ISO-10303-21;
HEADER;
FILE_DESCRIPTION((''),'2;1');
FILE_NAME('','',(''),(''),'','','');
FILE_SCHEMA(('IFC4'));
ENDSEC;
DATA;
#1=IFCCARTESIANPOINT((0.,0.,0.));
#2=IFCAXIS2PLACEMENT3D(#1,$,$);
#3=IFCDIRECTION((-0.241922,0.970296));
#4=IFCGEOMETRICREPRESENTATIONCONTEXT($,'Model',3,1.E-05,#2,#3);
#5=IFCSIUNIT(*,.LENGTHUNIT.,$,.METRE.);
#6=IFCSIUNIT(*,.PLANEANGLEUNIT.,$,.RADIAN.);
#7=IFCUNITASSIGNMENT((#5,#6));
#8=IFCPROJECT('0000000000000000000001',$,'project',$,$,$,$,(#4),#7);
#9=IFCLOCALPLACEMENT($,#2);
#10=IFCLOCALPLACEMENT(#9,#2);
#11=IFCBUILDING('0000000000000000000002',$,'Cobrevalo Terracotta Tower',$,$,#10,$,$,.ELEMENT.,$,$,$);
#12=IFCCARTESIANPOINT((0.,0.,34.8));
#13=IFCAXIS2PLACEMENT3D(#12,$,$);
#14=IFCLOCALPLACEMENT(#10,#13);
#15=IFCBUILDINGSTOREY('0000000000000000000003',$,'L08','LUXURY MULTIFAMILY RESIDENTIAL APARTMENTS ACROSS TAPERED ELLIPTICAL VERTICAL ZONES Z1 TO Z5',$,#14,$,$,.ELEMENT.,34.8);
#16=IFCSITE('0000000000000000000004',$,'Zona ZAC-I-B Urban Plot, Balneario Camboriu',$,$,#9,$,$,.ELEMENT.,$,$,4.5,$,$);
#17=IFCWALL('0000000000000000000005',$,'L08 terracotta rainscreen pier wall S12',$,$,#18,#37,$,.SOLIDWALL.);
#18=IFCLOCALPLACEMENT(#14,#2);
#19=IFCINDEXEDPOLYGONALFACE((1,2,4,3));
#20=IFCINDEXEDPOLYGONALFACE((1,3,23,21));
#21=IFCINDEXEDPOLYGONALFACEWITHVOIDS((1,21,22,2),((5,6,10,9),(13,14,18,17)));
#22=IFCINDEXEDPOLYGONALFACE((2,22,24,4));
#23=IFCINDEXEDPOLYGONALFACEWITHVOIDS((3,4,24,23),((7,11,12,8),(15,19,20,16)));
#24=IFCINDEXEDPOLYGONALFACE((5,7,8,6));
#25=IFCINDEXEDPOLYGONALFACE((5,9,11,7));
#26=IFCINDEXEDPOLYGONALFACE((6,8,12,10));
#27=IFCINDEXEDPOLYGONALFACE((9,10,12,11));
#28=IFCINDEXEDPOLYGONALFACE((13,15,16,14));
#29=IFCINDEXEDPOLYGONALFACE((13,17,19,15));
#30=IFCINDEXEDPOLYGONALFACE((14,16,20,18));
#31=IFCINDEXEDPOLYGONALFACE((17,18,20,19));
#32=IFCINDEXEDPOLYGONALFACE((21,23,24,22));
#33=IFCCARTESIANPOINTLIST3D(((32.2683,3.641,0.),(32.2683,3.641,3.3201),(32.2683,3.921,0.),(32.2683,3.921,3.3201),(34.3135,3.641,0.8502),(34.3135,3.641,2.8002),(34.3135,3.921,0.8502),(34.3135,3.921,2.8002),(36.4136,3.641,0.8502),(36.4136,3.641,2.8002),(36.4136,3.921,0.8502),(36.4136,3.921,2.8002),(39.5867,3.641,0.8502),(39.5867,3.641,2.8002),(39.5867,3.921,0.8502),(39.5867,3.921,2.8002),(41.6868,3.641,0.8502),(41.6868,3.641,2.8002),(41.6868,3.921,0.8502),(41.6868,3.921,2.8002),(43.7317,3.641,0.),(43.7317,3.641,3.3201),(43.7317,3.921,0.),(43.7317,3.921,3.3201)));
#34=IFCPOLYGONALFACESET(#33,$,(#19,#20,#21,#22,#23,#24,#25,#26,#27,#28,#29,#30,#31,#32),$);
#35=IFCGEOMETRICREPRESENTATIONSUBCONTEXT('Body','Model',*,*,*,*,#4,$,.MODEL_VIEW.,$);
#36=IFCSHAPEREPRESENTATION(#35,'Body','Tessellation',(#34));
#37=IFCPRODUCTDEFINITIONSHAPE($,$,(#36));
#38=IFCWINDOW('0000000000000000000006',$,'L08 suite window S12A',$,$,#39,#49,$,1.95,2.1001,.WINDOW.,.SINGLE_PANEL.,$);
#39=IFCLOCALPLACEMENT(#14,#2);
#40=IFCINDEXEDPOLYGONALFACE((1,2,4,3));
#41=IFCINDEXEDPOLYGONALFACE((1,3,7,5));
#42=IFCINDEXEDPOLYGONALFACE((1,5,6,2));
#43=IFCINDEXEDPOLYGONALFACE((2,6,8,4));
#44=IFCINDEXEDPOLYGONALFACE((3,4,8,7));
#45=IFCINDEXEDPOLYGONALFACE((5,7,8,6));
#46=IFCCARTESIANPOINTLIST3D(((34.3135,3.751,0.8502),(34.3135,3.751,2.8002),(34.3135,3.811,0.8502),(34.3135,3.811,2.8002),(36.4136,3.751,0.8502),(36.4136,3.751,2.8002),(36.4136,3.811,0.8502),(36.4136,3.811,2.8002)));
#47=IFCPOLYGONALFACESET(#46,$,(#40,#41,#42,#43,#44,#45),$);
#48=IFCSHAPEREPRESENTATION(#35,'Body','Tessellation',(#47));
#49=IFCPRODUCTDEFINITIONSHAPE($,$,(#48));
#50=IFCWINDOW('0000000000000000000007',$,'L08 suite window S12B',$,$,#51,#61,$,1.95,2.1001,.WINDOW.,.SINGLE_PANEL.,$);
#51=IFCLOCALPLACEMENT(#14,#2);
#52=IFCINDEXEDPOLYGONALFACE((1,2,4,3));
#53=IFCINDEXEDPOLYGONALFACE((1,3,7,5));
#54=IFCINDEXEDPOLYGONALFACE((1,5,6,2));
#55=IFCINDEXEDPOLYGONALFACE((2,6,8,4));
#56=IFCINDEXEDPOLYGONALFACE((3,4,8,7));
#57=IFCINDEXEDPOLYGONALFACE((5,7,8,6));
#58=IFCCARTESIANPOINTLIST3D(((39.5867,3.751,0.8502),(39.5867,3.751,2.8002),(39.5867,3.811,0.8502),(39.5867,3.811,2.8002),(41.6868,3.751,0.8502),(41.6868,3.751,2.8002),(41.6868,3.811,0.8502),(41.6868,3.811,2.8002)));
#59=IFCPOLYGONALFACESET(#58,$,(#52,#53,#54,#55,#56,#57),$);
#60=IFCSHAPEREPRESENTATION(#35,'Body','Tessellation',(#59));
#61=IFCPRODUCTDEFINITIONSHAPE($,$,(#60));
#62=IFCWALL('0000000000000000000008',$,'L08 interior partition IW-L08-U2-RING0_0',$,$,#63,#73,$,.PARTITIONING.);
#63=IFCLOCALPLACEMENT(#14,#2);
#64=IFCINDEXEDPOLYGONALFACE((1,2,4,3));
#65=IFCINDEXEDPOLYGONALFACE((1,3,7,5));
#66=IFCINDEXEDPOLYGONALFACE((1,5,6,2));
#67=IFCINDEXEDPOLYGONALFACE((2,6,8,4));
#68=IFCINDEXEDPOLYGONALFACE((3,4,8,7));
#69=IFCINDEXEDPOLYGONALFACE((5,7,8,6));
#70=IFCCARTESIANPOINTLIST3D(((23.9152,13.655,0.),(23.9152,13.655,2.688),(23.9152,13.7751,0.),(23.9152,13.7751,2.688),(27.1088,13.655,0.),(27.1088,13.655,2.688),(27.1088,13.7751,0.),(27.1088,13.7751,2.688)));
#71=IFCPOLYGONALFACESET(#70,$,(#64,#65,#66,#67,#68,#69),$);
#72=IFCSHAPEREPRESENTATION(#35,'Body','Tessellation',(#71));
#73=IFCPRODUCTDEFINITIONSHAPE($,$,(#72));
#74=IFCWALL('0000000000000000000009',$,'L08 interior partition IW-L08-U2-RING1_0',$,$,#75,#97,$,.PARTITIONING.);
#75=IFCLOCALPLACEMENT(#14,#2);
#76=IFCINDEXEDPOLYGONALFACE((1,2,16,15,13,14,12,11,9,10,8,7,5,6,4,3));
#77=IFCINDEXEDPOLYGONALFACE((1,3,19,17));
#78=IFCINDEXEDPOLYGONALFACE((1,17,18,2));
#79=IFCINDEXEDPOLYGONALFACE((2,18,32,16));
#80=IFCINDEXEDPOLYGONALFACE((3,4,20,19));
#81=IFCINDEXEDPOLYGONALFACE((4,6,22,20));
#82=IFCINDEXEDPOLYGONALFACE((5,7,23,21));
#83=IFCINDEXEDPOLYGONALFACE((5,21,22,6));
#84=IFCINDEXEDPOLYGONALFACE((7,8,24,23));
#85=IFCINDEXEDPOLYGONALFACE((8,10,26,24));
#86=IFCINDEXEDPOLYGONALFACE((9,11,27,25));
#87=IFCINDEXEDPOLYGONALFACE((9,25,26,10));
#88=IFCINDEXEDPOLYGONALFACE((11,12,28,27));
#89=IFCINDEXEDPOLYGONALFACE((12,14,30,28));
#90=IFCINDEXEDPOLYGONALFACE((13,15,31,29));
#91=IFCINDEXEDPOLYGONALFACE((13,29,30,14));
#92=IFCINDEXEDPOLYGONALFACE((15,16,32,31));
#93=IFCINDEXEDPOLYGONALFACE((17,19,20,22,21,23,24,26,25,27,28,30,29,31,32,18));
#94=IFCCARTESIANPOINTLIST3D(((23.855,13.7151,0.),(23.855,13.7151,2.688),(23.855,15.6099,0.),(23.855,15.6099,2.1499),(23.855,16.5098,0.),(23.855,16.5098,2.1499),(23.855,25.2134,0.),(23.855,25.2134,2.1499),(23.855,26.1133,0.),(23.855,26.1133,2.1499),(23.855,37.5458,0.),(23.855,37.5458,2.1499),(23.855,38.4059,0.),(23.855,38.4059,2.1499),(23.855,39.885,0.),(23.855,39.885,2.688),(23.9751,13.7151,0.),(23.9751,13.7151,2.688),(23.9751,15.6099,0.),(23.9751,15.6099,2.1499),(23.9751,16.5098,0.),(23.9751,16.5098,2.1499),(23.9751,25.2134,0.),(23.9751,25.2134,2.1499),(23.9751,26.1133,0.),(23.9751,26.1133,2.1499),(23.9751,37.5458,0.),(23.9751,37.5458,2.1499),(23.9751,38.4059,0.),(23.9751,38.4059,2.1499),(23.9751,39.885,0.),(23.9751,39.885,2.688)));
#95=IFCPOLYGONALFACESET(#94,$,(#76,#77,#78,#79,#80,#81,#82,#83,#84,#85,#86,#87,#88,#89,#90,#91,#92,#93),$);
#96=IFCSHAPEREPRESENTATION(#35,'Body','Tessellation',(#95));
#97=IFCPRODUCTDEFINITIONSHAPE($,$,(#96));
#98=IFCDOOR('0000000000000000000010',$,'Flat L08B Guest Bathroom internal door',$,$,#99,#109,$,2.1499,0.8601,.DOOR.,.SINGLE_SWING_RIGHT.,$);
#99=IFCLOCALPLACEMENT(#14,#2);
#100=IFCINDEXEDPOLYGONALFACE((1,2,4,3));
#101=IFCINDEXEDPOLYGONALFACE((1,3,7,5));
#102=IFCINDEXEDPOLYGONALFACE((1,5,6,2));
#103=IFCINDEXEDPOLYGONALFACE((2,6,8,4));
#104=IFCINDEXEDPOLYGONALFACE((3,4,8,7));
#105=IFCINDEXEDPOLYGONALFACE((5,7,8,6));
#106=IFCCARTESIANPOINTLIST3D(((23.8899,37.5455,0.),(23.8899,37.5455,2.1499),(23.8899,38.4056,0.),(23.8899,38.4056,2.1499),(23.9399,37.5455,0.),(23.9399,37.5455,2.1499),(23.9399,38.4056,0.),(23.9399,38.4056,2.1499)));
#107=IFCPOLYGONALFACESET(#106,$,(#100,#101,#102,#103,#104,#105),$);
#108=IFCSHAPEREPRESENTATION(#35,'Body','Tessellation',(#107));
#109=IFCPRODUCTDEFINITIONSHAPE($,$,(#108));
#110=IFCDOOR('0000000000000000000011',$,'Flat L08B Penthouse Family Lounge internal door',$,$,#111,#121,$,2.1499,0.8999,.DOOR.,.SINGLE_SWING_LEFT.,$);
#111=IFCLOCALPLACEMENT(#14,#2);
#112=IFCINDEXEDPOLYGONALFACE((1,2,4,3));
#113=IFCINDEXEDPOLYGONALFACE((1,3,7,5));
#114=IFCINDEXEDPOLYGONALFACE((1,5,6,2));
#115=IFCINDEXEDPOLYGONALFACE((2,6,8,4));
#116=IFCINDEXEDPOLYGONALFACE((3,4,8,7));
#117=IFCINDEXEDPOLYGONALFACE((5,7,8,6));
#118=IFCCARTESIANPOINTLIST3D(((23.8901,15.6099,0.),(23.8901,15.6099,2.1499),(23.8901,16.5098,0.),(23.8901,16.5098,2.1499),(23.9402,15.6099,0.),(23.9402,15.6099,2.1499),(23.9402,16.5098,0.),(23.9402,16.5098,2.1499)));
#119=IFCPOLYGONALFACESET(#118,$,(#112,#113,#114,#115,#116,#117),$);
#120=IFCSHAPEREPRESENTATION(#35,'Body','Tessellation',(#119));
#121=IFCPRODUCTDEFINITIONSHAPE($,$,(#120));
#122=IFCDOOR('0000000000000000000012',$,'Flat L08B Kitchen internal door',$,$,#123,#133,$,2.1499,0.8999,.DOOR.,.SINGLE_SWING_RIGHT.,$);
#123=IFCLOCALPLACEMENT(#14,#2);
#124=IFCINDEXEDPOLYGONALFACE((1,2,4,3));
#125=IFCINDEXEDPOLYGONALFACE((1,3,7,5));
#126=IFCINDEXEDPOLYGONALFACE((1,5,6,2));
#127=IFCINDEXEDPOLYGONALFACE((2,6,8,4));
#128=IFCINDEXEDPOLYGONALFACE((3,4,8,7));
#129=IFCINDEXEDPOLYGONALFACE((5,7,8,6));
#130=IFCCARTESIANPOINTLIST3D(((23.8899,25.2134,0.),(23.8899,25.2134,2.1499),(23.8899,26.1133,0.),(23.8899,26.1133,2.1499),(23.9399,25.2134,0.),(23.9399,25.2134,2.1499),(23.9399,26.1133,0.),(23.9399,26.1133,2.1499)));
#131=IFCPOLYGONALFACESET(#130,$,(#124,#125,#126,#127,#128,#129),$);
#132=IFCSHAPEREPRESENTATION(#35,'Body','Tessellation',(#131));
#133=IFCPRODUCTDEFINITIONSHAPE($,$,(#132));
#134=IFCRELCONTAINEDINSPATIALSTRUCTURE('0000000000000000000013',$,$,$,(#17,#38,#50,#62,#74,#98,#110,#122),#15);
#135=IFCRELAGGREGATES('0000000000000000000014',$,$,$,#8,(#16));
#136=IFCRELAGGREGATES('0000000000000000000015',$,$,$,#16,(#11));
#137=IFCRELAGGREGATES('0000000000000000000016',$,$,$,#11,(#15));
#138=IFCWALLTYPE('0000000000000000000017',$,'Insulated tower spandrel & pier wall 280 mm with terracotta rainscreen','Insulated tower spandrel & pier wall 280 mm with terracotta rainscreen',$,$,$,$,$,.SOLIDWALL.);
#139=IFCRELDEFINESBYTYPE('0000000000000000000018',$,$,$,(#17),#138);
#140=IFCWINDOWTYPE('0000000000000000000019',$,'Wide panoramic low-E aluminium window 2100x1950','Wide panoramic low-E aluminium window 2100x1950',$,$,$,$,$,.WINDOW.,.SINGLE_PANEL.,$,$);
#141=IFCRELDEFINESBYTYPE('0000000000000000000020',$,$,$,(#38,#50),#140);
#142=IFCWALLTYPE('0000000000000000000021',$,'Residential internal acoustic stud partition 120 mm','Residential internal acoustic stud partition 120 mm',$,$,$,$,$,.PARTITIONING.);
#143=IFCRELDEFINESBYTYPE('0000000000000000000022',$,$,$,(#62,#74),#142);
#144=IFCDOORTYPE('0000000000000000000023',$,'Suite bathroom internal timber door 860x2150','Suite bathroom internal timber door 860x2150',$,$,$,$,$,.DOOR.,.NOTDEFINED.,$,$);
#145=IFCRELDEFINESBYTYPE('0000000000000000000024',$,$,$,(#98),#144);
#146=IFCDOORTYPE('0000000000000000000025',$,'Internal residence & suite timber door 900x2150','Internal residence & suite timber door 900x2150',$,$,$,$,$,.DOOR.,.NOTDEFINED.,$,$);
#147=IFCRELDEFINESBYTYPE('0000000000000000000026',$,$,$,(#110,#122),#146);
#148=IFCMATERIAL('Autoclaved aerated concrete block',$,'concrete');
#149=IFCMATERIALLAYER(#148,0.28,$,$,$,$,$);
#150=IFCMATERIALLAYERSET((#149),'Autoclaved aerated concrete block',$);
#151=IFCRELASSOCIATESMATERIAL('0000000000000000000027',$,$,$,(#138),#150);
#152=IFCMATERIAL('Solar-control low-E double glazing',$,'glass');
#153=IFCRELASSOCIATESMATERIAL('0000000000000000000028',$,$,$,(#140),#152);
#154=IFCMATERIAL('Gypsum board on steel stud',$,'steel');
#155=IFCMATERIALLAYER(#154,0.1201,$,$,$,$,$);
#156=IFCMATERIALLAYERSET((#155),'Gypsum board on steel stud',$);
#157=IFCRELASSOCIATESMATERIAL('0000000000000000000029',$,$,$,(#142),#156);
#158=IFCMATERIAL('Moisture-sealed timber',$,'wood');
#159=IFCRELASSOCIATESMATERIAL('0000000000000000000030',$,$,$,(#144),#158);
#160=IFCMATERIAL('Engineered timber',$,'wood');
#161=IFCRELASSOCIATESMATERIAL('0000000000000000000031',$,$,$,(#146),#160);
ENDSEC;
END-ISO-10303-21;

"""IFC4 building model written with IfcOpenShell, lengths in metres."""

from ifc_helpers import new_model, si_unit, direction, frame, frame_2d, origin, place, context, subcontext, project, spatial, rectangle, extrude, source, transform, mapped, material, layer, layer_set, type_object, element, fill, save


model = new_model("IFC4")

# Units and contexts
model_context = context("Model", 3, precision=1e-05, world=origin(), true_north=direction((-0.241922, 0.970296)))
body_context = subcontext(model_context, "Body", "Model", "MODEL_VIEW")
ifc_project = project(units=[si_unit("LENGTHUNIT", "METRE"), si_unit("PLANEANGLEUNIT", "RADIAN")], contexts=[model_context])

# Site, building, storey
site_placement = place(None, origin())
site = spatial("IfcSite", under=ifc_project, at=site_placement, Name="Zona ZAC-I-B Urban Plot, Balneario Camboriu", CompositionType="ELEMENT", RefElevation=4.5)
building_placement = place(site_placement, origin())
building = spatial("IfcBuilding", under=site, at=building_placement, Name="Cobrevalo Terracotta Tower", CompositionType="ELEMENT")
storey_placement = place(building_placement, frame((0.0, 0.0, 34.8)))
storey = spatial("IfcBuildingStorey", under=building, at=storey_placement, Name="L08", Description="LUXURY MULTIFAMILY RESIDENTIAL APARTMENTS ACROSS TAPERED ELLIPTICAL VERTICAL ZONES Z1 TO Z5", CompositionType="ELEMENT", Elevation=34.8)

# Shared definitions
ifc_material_1 = material(Name="Solar-control low-E double glazing", Category="glass")

# Wall, openings, windows
ifc_material_2 = material(Name="Autoclaved aerated concrete block", Category="concrete")
ifc_layer_1 = layer(ifc_material_2, 0.28)
ifc_layer_set_1 = layer_set([ifc_layer_1], Name="Autoclaved aerated concrete block")
wall_type_1 = type_object("IfcWallType", Name="Insulated tower spandrel & pier wall 280 mm with terracotta rainscreen", Description="Insulated tower spandrel & pier wall 280 mm with terracotta rainscreen", PredefinedType="SOLIDWALL", material=ifc_layer_set_1)
wall_1_placement = place(storey_placement, frame((32.2683, 3.781, 0.0), z_axis=(0.0, 0.0, 1.0), x_axis=(1.0, 0.0, 0.0)))
wall_1 = element("IfcWall", 1, at=wall_1_placement, inside=storey, type_object=wall_type_1, Name="L08 terracotta rainscreen pier wall S12", PredefinedType="SOLIDWALL", context=body_context, shape_type="SweptSolid", body=[
    extrude(rectangle(XDim=11.4634, YDim=0.28, at=frame_2d((5.7317, 0.0))), origin(), (0.0, 0.0, 1.0), 3.3201),
])
opening_1_placement = place(wall_1_placement, frame((2.0452, 0.0, 0.8501)))
opening_1 = element("IfcOpeningElement", 2, at=opening_1_placement, cuts=wall_1, PredefinedType="OPENING", context=body_context, shape_type="SweptSolid", body=[
    extrude(rectangle(XDim=2.1001, YDim=1.95, at=frame_2d((1.05, 0.9751))), frame((0.0, 0.1499, 0.0), z_axis=(0.0, -1.0, 0.0), x_axis=(1.0, 0.0, 0.0)), (0.0, 0.0, 1.0), 0.3),
])
opening_2_placement = place(wall_1_placement, frame((7.3184, 0.0, 0.8501)))
opening_2 = element("IfcOpeningElement", 3, at=opening_2_placement, cuts=wall_1, PredefinedType="OPENING", context=body_context, shape_type="SweptSolid", body=[
    extrude(rectangle(XDim=2.1001, YDim=1.95, at=frame_2d((1.05, 0.9751))), frame((0.0, 0.1499, 0.0), z_axis=(0.0, -1.0, 0.0), x_axis=(1.0, 0.0, 0.0)), (0.0, 0.0, 1.0), 0.3),
])
window_type = type_object("IfcWindowType", Name="Wide panoramic low-E aluminium window 2100x1950", Description="Wide panoramic low-E aluminium window 2100x1950", PartitioningType="SINGLE_PANEL", PredefinedType="WINDOW", material=ifc_material_1)
shared_shape_1 = source(origin(), body_context, "Body", "SweptSolid", [
    extrude(rectangle(XDim=2.1001, YDim=1.95, at=frame_2d((1.05, 0.9751))), frame((0.0, 0.03, 0.0), z_axis=(0.0, -1.0, 0.0), x_axis=(1.0, 0.0, 0.0)), (0.0, 0.0, 1.0), 0.0601),
])
window_1_placement = place(opening_1_placement, origin())
window_1 = element("IfcWindow", 4, at=window_1_placement, inside=storey, type_object=window_type, Name="L08 suite window S12A", OverallHeight=1.95, OverallWidth=2.1001, PartitioningType="SINGLE_PANEL", PredefinedType="WINDOW", context=body_context, shape_type="MappedRepresentation", body=[
    mapped(shared_shape_1, transform((0.0, 0.0, 0.0), scale=1.0)),
])
fill(opening_1, window_1)
window_2_placement = place(opening_2_placement, origin())
window_2 = element("IfcWindow", 5, at=window_2_placement, inside=storey, type_object=window_type, Name="L08 suite window S12B", OverallHeight=1.95, OverallWidth=2.1001, PartitioningType="SINGLE_PANEL", PredefinedType="WINDOW", context=body_context, shape_type="MappedRepresentation", body=[
    mapped(shared_shape_1, transform((0.0, 0.0, 0.0), scale=1.0)),
])
fill(opening_2, window_2)

# Wall
ifc_material_3 = material(Name="Gypsum board on steel stud", Category="steel")
ifc_layer_2 = layer(ifc_material_3, 0.1201)
ifc_layer_set_2 = layer_set([ifc_layer_2], Name="Gypsum board on steel stud")
wall_type_2 = type_object("IfcWallType", Name="Residential internal acoustic stud partition 120 mm", Description="Residential internal acoustic stud partition 120 mm", PredefinedType="PARTITIONING", material=ifc_layer_set_2)
wall_2_placement = place(storey_placement, frame((27.1086, 13.7151, 0.0), z_axis=(0.0, 0.0, 1.0), x_axis=(-1.0, 0.0, 0.0)))
element("IfcWall", 6, at=wall_2_placement, inside=storey, type_object=wall_type_2, Name="L08 interior partition IW-L08-U2-RING0_0", PredefinedType="PARTITIONING", context=body_context, shape_type="SweptSolid", body=[
    extrude(rectangle(XDim=3.1936, YDim=0.1201, at=frame_2d((1.5967, 0.0))), origin(), (0.0, 0.0, 1.0), 2.688),
])

# Wall, openings, doors
wall_3_placement = place(storey_placement, frame((23.915, 13.7151, 0.0), z_axis=(0.0, 0.0, 1.0), x_axis=(0.0, 1.0, 0.0)))
wall_3 = element("IfcWall", 7, at=wall_3_placement, inside=storey, type_object=wall_type_2, Name="L08 interior partition IW-L08-U2-RING1_0", PredefinedType="PARTITIONING", context=body_context, shape_type="SweptSolid", body=[
    extrude(rectangle(XDim=26.1699, YDim=0.1201, at=frame_2d((13.085, 0.0))), origin(), (0.0, 0.0, 1.0), 2.688),
])
opening_3_placement = place(wall_3_placement, frame((1.8948, 0.0, 0.0)))
opening_3 = element("IfcOpeningElement", 8, at=opening_3_placement, cuts=wall_3, PredefinedType="OPENING", context=body_context, shape_type="SweptSolid", body=[
    extrude(rectangle(XDim=0.8999, YDim=2.1499, at=frame_2d((0.45, 1.075))), frame((0.0, 0.0701, 0.0), z_axis=(0.0, -1.0, 0.0), x_axis=(1.0, 0.0, 0.0)), (0.0, 0.0, 1.0), 0.1401),
])
opening_4_placement = place(wall_3_placement, frame((11.4983, 0.0, 0.0)))
opening_4 = element("IfcOpeningElement", 9, at=opening_4_placement, cuts=wall_3, PredefinedType="OPENING", context=body_context, shape_type="SweptSolid", body=[
    extrude(rectangle(XDim=0.8999, YDim=2.1499, at=frame_2d((0.45, 1.075))), frame((0.0, 0.0701, 0.0), z_axis=(0.0, -1.0, 0.0), x_axis=(1.0, 0.0, 0.0)), (0.0, 0.0, 1.0), 0.1401),
])
opening_5_placement = place(wall_3_placement, frame((23.8306, 0.0, 0.0)))
opening_5 = element("IfcOpeningElement", 10, at=opening_5_placement, cuts=wall_3, PredefinedType="OPENING", context=body_context, shape_type="SweptSolid", body=[
    extrude(rectangle(XDim=0.8601, YDim=2.1499, at=frame_2d((0.4302, 1.075))), frame((0.0, 0.0701, 0.0), z_axis=(0.0, -1.0, 0.0), x_axis=(1.0, 0.0, 0.0)), (0.0, 0.0, 1.0), 0.1401),
])
ifc_material_4 = material(Name="Moisture-sealed timber", Category="wood")
door_type_1 = type_object("IfcDoorType", Name="Suite bathroom internal timber door 860x2150", Description="Suite bathroom internal timber door 860x2150", OperationType="NOTDEFINED", PredefinedType="DOOR", material=ifc_material_4)
shared_shape_2 = source(origin(), body_context, "Body", "SweptSolid", [
    extrude(rectangle(XDim=0.8601, YDim=2.1499, at=frame_2d((0.4302, 1.075))), frame((0.0, 0.0249, 0.0), z_axis=(0.0, -1.0, 0.0), x_axis=(1.0, 0.0, 0.0)), (0.0, 0.0, 1.0), 0.05),
])
door_1_placement = place(opening_5_placement, frame((0.8601, 0.0, 0.0), z_axis=(0.0, 0.0, 1.0), x_axis=(-1.0, 0.0, 0.0)))
door_1 = element("IfcDoor", 11, at=door_1_placement, inside=storey, type_object=door_type_1, Name="Flat L08B Guest Bathroom internal door", OperationType="SINGLE_SWING_RIGHT", OverallHeight=2.1499, OverallWidth=0.8601, PredefinedType="DOOR", context=body_context, shape_type="MappedRepresentation", body=[
    mapped(shared_shape_2, transform((0.0, 0.0, 0.0), scale=1.0)),
])
fill(opening_5, door_1)
ifc_material_5 = material(Name="Engineered timber", Category="wood")
door_type_2 = type_object("IfcDoorType", Name="Internal residence & suite timber door 900x2150", Description="Internal residence & suite timber door 900x2150", OperationType="NOTDEFINED", PredefinedType="DOOR", material=ifc_material_5)
shared_shape_3 = source(origin(), body_context, "Body", "SweptSolid", [
    extrude(rectangle(XDim=0.8999, YDim=2.1499, at=frame_2d((0.45, 1.075))), frame((0.0, 0.0249, 0.0), z_axis=(0.0, -1.0, 0.0), x_axis=(1.0, 0.0, 0.0)), (0.0, 0.0, 1.0), 0.05),
])
door_2_placement = place(opening_3_placement, origin())
door_2 = element("IfcDoor", 12, at=door_2_placement, inside=storey, type_object=door_type_2, Name="Flat L08B Penthouse Family Lounge internal door", OperationType="SINGLE_SWING_LEFT", OverallHeight=2.1499, OverallWidth=0.8999, PredefinedType="DOOR", context=body_context, shape_type="MappedRepresentation", body=[
    mapped(shared_shape_3, transform((0.0, 0.0, 0.0), scale=1.0)),
])
fill(opening_3, door_2)
door_3_placement = place(opening_4_placement, frame((0.8999, 0.0, 0.0), z_axis=(0.0, 0.0, 1.0), x_axis=(-1.0, 0.0, 0.0)))
door_3 = element("IfcDoor", 13, at=door_3_placement, inside=storey, type_object=door_type_2, Name="Flat L08B Kitchen internal door", OperationType="SINGLE_SWING_RIGHT", OverallHeight=2.1499, OverallWidth=0.8999, PredefinedType="DOOR", context=body_context, shape_type="MappedRepresentation", body=[
    mapped(shared_shape_3, transform((0.0, 0.0, 0.0), scale=1.0)),
])
fill(opening_4, door_3)

save(model, "model.ifc")
